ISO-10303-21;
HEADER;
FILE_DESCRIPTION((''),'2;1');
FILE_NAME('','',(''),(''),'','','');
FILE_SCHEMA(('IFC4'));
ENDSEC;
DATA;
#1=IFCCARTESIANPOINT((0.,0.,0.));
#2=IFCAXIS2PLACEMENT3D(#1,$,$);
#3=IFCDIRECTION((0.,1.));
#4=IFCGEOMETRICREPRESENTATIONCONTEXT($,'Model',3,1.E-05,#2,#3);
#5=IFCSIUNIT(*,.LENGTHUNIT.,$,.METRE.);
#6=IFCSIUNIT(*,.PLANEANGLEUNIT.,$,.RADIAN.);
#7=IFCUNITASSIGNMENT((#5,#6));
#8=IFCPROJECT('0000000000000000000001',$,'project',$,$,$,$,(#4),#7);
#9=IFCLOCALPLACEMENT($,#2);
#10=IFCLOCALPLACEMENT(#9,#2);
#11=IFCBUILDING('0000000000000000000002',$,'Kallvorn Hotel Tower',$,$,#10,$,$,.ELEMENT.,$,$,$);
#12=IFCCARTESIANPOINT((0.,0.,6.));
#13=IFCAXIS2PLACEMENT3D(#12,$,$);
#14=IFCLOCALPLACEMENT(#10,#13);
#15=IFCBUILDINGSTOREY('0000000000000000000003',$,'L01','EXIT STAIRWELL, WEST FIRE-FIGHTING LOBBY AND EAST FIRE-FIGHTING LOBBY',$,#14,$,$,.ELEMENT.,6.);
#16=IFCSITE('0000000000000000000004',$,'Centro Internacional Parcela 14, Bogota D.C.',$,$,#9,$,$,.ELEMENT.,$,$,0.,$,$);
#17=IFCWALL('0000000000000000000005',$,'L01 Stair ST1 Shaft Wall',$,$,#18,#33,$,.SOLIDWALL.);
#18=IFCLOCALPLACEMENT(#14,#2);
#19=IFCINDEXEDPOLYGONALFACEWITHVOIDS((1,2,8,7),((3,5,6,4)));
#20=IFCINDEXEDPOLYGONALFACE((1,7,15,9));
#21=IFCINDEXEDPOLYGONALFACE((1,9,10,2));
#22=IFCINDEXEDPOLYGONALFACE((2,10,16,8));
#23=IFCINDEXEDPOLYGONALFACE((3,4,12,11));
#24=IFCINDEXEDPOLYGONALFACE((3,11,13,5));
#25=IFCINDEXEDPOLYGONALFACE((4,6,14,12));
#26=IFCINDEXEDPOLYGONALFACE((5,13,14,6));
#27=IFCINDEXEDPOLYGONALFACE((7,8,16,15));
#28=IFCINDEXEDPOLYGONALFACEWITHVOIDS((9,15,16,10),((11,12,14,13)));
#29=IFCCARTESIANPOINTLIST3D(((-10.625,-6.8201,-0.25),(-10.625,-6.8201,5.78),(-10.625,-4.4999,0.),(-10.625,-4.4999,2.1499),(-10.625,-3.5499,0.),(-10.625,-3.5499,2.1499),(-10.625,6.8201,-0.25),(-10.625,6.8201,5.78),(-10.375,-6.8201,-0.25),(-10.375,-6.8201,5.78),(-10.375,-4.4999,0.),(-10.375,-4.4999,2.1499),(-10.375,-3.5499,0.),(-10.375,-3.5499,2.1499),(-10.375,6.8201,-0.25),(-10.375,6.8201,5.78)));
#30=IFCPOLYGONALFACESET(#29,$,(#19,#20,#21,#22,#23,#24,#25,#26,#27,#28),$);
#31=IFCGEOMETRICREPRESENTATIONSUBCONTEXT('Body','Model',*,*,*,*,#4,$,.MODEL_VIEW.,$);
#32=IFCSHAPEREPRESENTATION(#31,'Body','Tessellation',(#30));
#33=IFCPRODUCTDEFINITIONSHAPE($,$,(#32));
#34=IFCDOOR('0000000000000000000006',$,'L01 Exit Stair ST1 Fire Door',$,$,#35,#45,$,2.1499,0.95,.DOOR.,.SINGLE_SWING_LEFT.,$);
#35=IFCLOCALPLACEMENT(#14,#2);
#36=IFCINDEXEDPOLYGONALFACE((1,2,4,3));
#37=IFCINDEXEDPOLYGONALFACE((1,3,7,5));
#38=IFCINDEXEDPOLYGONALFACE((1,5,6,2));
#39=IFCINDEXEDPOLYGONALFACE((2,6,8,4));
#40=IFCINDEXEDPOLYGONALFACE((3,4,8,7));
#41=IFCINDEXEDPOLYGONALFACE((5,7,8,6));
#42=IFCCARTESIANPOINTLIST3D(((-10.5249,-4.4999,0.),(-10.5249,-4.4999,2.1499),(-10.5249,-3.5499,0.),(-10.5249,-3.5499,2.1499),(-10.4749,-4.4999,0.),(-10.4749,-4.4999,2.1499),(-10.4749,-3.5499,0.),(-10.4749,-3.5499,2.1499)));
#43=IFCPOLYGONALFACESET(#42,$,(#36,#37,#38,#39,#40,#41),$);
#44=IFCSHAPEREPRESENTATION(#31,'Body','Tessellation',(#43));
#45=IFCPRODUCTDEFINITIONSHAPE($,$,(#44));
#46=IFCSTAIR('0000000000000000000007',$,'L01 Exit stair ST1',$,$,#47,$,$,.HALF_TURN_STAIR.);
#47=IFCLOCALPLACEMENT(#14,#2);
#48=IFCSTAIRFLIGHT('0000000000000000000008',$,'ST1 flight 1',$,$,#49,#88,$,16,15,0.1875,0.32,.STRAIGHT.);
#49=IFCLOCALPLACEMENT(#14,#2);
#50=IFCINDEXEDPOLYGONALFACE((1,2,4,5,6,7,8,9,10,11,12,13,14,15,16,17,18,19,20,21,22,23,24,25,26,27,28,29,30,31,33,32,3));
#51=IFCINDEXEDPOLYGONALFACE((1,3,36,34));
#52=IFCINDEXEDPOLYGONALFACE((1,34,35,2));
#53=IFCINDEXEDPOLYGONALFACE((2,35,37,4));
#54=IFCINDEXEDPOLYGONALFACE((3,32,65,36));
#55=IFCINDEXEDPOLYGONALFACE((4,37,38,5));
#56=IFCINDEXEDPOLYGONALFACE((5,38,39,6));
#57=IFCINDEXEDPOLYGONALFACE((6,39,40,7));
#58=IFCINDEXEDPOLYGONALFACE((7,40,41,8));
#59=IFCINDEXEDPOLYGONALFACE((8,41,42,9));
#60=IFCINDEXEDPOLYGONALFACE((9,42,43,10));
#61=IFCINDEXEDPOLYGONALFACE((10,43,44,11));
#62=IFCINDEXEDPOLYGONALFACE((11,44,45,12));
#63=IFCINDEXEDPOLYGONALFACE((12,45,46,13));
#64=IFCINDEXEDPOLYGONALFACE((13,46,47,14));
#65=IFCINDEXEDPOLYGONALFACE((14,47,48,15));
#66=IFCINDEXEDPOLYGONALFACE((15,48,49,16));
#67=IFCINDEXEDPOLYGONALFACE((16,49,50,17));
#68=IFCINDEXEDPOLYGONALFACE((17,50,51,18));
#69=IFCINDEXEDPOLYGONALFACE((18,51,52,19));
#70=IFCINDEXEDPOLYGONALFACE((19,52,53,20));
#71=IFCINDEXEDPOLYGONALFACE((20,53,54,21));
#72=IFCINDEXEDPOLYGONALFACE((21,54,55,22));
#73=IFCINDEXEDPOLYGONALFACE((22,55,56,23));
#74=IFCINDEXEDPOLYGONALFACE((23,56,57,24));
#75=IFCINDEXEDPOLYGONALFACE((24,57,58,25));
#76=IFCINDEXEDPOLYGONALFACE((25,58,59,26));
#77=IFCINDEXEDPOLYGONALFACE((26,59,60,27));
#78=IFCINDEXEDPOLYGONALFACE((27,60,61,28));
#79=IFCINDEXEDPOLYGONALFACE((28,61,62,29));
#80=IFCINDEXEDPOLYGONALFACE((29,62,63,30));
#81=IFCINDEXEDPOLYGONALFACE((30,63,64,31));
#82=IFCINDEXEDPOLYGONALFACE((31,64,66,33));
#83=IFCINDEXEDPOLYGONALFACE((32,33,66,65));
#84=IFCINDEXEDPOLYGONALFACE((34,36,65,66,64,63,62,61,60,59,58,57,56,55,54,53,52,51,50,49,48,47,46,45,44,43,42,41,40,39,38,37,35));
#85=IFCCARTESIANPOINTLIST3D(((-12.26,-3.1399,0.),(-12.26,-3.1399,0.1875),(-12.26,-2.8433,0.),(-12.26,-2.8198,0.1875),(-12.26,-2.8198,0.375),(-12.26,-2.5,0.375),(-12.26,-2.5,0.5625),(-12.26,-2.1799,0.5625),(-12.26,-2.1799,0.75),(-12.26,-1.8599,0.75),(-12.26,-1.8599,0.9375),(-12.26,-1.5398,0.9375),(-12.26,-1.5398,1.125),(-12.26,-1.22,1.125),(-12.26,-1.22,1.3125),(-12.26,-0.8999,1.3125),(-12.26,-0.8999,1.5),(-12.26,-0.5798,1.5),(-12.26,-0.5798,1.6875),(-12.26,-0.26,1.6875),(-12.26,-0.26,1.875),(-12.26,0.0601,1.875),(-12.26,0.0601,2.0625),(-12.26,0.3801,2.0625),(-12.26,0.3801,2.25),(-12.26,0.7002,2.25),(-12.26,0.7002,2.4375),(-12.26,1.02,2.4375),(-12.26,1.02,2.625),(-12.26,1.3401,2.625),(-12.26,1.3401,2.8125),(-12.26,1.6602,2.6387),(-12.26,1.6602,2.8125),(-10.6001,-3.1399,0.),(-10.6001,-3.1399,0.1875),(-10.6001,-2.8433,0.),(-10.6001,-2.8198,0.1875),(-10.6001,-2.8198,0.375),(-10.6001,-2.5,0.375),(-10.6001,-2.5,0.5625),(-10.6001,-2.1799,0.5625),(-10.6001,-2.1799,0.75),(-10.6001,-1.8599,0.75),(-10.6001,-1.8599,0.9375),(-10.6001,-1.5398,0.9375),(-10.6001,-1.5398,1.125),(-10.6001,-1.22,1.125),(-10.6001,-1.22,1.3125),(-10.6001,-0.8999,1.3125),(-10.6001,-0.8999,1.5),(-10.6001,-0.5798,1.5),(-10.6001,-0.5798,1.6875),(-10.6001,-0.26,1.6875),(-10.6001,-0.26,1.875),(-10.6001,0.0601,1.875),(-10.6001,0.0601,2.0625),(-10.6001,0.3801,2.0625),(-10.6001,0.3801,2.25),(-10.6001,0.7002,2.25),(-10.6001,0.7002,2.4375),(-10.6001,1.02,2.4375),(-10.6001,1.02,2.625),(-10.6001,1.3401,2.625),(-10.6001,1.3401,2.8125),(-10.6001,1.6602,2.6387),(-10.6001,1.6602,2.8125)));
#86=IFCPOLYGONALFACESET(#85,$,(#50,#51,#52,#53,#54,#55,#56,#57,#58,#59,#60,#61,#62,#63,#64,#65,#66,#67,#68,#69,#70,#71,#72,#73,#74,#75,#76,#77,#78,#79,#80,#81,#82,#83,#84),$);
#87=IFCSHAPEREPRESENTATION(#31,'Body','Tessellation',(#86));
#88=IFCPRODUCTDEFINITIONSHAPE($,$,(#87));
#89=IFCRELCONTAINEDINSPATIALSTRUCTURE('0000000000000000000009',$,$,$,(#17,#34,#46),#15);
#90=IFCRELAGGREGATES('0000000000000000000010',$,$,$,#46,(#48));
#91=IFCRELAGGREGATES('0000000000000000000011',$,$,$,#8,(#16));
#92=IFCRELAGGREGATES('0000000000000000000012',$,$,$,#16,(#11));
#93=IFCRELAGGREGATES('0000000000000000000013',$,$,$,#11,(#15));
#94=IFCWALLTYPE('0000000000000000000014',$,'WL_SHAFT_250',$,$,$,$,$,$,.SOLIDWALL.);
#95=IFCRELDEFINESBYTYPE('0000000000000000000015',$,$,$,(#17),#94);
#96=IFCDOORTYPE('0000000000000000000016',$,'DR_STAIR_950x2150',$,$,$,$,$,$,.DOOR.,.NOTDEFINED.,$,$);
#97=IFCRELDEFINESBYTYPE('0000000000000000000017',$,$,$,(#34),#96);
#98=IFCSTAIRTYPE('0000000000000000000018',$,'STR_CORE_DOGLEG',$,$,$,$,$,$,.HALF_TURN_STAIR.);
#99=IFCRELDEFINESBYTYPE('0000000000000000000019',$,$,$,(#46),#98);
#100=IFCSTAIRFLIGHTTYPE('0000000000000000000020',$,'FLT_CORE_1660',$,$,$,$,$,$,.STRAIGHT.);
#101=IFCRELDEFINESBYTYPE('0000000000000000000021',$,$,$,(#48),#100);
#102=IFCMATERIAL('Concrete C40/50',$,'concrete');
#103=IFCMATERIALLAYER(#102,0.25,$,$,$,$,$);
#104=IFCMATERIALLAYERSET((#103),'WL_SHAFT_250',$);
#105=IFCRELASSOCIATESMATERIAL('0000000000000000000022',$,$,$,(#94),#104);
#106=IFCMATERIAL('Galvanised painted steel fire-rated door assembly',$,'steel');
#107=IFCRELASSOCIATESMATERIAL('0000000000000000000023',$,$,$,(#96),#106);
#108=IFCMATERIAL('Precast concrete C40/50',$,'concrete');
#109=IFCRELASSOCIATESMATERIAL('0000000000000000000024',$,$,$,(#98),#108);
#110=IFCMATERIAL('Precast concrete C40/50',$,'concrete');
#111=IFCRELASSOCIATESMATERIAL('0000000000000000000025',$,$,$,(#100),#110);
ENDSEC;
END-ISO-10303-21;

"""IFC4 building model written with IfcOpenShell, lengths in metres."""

from ifc_helpers import new_model, si_unit, direction, frame, frame_2d, origin, place, context, subcontext, project, spatial, polyline, rectangle, outline, extrude, material, layer, layer_set, type_object, element, fill, aggregate, save


model = new_model("IFC4")

# Units and contexts
model_context = context("Model", 3, precision=1e-05, world=origin(), true_north=direction((0.0, 1.0)))
body_context = subcontext(model_context, "Body", "Model", "MODEL_VIEW")
ifc_project = project(units=[si_unit("LENGTHUNIT", "METRE"), si_unit("PLANEANGLEUNIT", "RADIAN")], contexts=[model_context])

# Site, building, storey
site_placement = place(None, origin())
site = spatial("IfcSite", under=ifc_project, at=site_placement, Name="Centro Internacional Parcela 14, Bogota D.C.", CompositionType="ELEMENT", RefElevation=0.0)
building_placement = place(site_placement, origin())
building = spatial("IfcBuilding", under=site, at=building_placement, Name="Kallvorn Hotel Tower", CompositionType="ELEMENT")
storey_placement = place(building_placement, frame((0.0, 0.0, 6.0)))
storey = spatial("IfcBuildingStorey", under=building, at=storey_placement, Name="L01", Description="EXIT STAIRWELL, WEST FIRE-FIGHTING LOBBY AND EAST FIRE-FIGHTING LOBBY", CompositionType="ELEMENT", Elevation=6.0)

# Wall, opening, door
ifc_material_1 = material(Name="Concrete C40/50", Category="concrete")
ifc_layer_1 = layer(ifc_material_1, 0.25)
ifc_layer_set_1 = layer_set([ifc_layer_1], Name="WL_SHAFT_250")
wall_type_1 = type_object("IfcWallType", Name="WL_SHAFT_250", PredefinedType="SOLIDWALL", material=ifc_layer_set_1)
wall_1_placement = place(storey_placement, frame((-10.5, -6.8201, -0.25), z_axis=(0.0, 0.0, 1.0), x_axis=(0.0, 1.0, 0.0)))
wall_1 = element("IfcWall", 1, at=wall_1_placement, inside=storey, type_object=wall_type_1, Name="L01 Stair ST1 Shaft Wall", PredefinedType="SOLIDWALL", context=body_context, shape_type="SweptSolid", body=[
    extrude(rectangle(XDim=13.6401, YDim=0.25, at=frame_2d((6.8201, 0.0))), origin(), (0.0, 0.0, 1.0), 6.03),
])
opening_1_placement = place(wall_1_placement, frame((2.3201, 0.0, 0.25)))
opening_1 = element("IfcOpeningElement", 2, at=opening_1_placement, cuts=wall_1, PredefinedType="OPENING", context=body_context, shape_type="SweptSolid", body=[
    extrude(rectangle(XDim=0.95, YDim=2.1499, at=frame_2d((0.4751, 1.075))), frame((0.0, 0.1399, 0.0), z_axis=(0.0, -1.0, 0.0), x_axis=(1.0, 0.0, 0.0)), (0.0, 0.0, 1.0), 0.28),
])
ifc_material_2 = material(Name="Galvanised painted steel fire-rated door assembly", Category="steel")
door_type_1 = type_object("IfcDoorType", Name="DR_STAIR_950x2150", OperationType="NOTDEFINED", PredefinedType="DOOR", material=ifc_material_2)
door_1_placement = place(opening_1_placement, origin())
door_1 = element("IfcDoor", 3, at=door_1_placement, inside=storey, type_object=door_type_1, Name="L01 Exit Stair ST1 Fire Door", OperationType="SINGLE_SWING_LEFT", OverallHeight=2.1499, OverallWidth=0.95, PredefinedType="DOOR", context=body_context, shape_type="SweptSolid", body=[
    extrude(rectangle(XDim=0.95, YDim=2.1499, at=frame_2d((0.4751, 1.075))), frame((0.0, 0.0249, 0.0), z_axis=(0.0, -1.0, 0.0), x_axis=(1.0, 0.0, 0.0)), (0.0, 0.0, 1.0), 0.05),
])
fill(opening_1, door_1)

# Stair, stair flight
ifc_material_3 = material(Name="Precast concrete C40/50", Category="concrete")
stair_type = type_object("IfcStairType", Name="STR_CORE_DOGLEG", PredefinedType="HALF_TURN_STAIR", material=ifc_material_3)
stair_placement = place(storey_placement, origin())
stair = element("IfcStair", 4, at=stair_placement, inside=storey, type_object=stair_type, Name="L01 Exit stair ST1", PredefinedType="HALF_TURN_STAIR")
ifc_material_4 = material(Name="Precast concrete C40/50", Category="concrete")
stair_flight_type = type_object("IfcStairFlightType", Name="FLT_CORE_1660", PredefinedType="STRAIGHT", material=ifc_material_4)
stair_flight_placement = place(storey_placement, frame((-11.4299, -3.1399, 0.0), z_axis=(0.0, 0.0, 1.0), x_axis=(0.0, 1.0, 0.0)))
stair_flight = element("IfcStairFlight", 5, at=stair_flight_placement, type_object=stair_flight_type, Name="ST1 flight 1", NumberOfRisers=16, NumberOfTreads=15, PredefinedType="STRAIGHT", RiserHeight=0.1875, TreadLength=0.32, context=body_context, shape_type="SweptSolid", body=[
    extrude(outline(polyline([(0.0, 0.0), (0.0, 0.1875), (0.3201, 0.1875), (0.3201, 0.375), (0.6399, 0.375), (0.6399, 0.5625), (0.96, 0.5625), (0.96, 0.75), (1.28, 0.75), (1.28, 0.9375), (1.6001, 0.9375), (1.6001, 1.125), (1.9199, 1.125), (1.9199, 1.3125), (2.24, 1.3125), (2.24, 1.5), (2.5601, 1.5), (2.5601, 1.6875), (2.8799, 1.6875), (2.8799, 1.875), (3.2, 1.875), (3.2, 2.0625), (3.52, 2.0625), (3.52, 2.25), (3.8401, 2.25), (3.8401, 2.4375), (4.1599, 2.4375), (4.1599, 2.625), (4.48, 2.625), (4.48, 2.8125), (4.8, 2.8125), (4.8, 3.0), (4.8, 2.6387), (0.2966, 0.0), (0.0, 0.0)])), frame((0.0, 0.8301, 0.0), z_axis=(0.0, -1.0, 0.0), x_axis=(1.0, 0.0, 0.0)), (0.0, 0.0, 1.0), 1.6599),
])
aggregate(stair, [stair_flight])

save(model, "model.ifc")
